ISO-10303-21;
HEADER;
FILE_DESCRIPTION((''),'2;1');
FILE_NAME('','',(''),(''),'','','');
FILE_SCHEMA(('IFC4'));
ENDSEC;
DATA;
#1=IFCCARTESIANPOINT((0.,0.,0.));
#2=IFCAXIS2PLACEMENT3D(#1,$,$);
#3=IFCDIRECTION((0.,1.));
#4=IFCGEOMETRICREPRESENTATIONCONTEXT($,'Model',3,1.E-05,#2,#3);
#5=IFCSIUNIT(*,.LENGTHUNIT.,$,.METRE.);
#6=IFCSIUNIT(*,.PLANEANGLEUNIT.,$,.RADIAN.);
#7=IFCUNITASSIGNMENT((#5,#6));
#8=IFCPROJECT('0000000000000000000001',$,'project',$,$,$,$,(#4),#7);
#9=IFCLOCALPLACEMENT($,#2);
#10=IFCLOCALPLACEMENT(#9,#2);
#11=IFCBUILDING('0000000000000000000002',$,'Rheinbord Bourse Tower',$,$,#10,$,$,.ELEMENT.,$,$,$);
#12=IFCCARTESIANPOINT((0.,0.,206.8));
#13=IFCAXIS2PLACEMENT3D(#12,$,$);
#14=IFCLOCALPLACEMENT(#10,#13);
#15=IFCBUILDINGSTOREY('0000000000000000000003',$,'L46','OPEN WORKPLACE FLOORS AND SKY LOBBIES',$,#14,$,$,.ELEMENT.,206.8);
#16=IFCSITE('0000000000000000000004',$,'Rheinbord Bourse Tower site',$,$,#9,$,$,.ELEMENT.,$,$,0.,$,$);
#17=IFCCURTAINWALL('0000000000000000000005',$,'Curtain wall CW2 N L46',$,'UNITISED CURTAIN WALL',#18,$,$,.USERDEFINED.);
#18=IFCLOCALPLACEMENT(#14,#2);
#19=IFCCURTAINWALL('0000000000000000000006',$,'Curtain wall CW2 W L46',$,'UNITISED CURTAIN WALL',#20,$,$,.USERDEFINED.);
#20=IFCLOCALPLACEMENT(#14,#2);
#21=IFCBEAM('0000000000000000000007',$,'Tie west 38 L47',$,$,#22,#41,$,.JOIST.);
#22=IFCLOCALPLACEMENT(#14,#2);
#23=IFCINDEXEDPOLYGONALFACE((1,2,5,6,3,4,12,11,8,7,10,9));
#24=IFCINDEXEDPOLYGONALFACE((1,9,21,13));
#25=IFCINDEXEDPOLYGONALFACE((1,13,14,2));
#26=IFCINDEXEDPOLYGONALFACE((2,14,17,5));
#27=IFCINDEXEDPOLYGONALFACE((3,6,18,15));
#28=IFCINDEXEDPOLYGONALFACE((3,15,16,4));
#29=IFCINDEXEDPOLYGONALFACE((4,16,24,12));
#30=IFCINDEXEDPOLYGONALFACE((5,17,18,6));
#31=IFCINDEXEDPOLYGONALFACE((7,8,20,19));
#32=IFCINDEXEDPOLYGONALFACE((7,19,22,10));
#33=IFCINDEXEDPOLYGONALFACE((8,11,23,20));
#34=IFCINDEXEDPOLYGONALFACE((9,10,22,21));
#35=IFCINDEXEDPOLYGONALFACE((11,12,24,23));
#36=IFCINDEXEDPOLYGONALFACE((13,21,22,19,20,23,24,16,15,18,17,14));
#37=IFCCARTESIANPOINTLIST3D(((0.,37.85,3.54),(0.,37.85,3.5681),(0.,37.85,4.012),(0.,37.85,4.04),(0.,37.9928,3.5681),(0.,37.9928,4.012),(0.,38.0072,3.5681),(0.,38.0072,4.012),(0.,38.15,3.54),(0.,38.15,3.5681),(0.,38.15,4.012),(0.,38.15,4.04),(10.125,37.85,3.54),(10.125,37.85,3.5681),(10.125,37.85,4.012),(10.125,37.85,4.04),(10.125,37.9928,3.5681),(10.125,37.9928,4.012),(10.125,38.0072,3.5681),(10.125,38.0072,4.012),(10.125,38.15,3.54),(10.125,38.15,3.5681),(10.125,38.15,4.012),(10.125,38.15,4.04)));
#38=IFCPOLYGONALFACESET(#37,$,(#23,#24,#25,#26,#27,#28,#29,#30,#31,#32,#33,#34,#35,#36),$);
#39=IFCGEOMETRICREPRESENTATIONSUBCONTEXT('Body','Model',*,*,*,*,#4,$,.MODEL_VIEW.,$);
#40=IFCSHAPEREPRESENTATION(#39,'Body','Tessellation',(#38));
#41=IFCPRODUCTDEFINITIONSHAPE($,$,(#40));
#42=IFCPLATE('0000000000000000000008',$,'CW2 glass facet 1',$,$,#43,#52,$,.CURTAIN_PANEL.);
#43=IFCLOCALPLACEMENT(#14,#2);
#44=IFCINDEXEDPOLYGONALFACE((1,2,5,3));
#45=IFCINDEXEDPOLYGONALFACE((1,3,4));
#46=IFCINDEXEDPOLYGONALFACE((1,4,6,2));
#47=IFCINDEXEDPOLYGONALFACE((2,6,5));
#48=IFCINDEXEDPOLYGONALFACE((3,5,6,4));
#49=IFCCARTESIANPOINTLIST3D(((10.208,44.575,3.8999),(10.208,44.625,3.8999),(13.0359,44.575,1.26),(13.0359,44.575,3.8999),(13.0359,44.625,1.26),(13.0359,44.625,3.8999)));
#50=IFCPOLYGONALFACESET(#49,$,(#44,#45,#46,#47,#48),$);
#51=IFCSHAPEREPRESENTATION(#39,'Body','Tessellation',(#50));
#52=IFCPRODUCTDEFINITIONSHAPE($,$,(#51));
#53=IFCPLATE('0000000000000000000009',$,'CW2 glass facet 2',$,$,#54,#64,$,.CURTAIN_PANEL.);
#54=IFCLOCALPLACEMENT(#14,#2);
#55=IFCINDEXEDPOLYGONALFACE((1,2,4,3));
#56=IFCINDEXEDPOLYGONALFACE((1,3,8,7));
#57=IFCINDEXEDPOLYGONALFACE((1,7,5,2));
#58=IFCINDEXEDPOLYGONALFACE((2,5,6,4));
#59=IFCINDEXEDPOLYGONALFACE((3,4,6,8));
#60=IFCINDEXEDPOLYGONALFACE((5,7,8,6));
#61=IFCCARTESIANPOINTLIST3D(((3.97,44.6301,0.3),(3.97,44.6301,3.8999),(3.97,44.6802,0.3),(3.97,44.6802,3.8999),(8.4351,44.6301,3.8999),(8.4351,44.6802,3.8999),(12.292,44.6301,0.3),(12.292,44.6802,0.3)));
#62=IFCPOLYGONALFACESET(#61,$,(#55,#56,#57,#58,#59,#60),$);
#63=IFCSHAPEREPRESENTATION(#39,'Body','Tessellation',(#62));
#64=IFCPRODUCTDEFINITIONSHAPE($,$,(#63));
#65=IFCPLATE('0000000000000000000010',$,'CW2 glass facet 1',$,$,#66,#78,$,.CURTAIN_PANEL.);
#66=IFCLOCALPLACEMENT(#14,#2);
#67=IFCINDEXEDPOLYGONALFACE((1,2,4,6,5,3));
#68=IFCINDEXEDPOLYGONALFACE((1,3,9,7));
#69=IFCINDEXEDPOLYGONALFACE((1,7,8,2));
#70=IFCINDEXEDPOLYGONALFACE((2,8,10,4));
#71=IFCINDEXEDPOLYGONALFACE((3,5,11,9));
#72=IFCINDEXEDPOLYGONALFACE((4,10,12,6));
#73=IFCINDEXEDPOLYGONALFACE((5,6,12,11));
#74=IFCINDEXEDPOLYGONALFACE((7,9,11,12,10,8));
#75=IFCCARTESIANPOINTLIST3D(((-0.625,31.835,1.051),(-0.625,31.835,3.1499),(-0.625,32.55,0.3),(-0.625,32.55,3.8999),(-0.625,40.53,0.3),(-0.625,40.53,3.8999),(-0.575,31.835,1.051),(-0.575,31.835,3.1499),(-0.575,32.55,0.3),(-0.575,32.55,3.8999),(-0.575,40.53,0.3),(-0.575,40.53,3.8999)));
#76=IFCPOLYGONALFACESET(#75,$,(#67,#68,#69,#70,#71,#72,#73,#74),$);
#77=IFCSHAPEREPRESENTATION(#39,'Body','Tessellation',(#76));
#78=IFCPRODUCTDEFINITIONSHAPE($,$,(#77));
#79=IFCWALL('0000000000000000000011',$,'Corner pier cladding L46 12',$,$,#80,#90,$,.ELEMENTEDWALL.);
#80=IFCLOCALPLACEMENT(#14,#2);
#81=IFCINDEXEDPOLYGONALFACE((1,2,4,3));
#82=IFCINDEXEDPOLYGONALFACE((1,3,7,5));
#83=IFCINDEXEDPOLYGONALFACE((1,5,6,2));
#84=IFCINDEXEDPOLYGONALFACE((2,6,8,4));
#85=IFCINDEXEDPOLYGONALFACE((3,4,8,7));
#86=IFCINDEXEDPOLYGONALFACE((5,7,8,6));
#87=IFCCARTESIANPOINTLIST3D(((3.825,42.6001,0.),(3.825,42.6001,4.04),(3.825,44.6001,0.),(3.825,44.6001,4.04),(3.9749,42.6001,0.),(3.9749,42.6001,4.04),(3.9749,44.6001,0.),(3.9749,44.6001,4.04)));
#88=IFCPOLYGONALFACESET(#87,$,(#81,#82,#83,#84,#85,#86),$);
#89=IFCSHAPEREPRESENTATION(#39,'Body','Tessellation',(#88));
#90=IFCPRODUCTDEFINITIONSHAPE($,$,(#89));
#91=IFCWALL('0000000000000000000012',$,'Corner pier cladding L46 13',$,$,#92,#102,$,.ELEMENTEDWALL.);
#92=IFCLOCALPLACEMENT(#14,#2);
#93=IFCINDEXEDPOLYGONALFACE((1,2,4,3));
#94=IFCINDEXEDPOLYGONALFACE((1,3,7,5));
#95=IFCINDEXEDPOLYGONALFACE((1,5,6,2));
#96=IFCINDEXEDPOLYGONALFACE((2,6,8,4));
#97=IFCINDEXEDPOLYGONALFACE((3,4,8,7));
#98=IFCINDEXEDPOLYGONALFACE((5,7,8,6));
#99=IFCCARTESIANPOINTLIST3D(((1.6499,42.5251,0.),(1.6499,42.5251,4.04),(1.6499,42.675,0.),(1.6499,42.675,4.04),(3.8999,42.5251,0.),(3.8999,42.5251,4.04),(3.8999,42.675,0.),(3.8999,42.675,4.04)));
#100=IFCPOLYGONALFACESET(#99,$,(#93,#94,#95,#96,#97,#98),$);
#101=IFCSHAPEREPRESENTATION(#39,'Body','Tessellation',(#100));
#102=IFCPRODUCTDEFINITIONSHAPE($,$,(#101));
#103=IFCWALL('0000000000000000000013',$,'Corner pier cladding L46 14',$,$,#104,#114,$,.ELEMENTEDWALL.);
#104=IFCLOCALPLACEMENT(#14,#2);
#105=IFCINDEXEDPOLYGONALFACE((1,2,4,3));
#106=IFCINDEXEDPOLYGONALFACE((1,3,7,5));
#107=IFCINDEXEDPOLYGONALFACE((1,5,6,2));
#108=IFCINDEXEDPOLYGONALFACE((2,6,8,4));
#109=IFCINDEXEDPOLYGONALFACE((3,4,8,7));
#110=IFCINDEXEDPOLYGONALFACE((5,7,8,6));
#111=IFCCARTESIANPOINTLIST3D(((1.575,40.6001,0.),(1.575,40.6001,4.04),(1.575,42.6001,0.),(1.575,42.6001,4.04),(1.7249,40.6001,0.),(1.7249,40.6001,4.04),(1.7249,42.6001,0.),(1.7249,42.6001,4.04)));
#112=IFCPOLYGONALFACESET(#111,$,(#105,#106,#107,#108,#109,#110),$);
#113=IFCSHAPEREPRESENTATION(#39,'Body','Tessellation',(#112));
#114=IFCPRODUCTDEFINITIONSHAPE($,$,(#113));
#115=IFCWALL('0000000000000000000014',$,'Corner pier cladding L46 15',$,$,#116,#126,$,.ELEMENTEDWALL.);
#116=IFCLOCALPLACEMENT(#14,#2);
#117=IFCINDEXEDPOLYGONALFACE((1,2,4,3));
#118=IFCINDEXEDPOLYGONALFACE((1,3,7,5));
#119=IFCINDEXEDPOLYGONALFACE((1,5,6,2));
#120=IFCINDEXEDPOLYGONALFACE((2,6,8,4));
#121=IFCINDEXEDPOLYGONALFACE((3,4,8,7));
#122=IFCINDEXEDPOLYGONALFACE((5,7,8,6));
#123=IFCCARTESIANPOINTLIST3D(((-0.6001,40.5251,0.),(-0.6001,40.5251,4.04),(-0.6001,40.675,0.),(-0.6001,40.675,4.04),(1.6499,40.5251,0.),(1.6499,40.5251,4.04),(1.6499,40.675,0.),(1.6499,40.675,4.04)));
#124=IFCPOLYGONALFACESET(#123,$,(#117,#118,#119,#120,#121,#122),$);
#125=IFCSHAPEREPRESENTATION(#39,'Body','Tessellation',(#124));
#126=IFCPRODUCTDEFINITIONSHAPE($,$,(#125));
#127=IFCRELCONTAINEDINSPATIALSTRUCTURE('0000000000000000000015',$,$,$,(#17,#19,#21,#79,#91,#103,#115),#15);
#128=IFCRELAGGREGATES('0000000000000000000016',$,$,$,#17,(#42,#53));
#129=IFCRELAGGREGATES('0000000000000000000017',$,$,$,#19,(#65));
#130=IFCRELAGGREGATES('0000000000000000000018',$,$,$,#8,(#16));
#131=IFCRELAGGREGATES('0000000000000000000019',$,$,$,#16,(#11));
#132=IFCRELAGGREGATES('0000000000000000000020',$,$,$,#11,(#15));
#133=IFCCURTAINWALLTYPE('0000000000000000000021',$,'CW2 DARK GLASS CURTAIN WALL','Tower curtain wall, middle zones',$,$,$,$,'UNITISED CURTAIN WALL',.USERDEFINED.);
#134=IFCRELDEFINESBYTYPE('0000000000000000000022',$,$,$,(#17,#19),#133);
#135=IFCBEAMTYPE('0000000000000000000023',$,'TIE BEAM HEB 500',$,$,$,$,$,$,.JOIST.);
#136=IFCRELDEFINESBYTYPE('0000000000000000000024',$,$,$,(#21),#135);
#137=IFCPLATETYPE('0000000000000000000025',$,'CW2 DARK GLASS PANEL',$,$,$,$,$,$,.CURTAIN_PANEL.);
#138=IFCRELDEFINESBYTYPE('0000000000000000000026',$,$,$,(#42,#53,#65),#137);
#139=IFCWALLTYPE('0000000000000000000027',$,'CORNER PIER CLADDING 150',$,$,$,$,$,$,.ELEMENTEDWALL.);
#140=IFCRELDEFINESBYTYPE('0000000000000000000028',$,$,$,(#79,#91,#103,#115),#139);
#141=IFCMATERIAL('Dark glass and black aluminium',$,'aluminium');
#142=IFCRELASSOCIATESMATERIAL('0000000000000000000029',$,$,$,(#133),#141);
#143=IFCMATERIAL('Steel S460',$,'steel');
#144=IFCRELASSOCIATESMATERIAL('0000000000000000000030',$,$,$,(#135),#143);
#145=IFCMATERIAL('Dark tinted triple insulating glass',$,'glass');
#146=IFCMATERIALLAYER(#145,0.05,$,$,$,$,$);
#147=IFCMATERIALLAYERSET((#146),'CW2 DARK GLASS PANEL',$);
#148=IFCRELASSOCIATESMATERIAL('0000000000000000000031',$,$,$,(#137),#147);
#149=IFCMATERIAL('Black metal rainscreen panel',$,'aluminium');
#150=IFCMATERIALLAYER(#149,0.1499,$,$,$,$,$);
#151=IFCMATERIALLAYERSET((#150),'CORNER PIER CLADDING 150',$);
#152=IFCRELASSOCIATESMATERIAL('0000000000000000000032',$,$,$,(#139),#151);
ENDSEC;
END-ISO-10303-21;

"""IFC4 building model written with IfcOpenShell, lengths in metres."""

from ifc_helpers import new_model, si_unit, direction, frame, frame_2d, origin, origin_2d, place, context, subcontext, project, spatial, polyline, rectangle, i_section, outline, extrude, material, layer, layer_set, material_profile, profile_set, type_object, element, aggregate, save


model = new_model("IFC4")

# Units and contexts
model_context = context("Model", 3, precision=1e-05, world=origin(), true_north=direction((0.0, 1.0)))
body_context = subcontext(model_context, "Body", "Model", "MODEL_VIEW")
ifc_project = project(units=[si_unit("LENGTHUNIT", "METRE"), si_unit("PLANEANGLEUNIT", "RADIAN")], contexts=[model_context])

# Site, building, storey
site_placement = place(None, origin())
site = spatial("IfcSite", under=ifc_project, at=site_placement, Name="Rheinbord Bourse Tower site", CompositionType="ELEMENT", RefElevation=0.0)
building_placement = place(site_placement, origin())
building = spatial("IfcBuilding", under=site, at=building_placement, Name="Rheinbord Bourse Tower", CompositionType="ELEMENT")
storey_placement = place(building_placement, frame((0.0, 0.0, 206.8)))
storey = spatial("IfcBuildingStorey", under=building, at=storey_placement, Name="L46", Description="OPEN WORKPLACE FLOORS AND SKY LOBBIES", CompositionType="ELEMENT", Elevation=206.8)

# Curtain wall
ifc_material_1 = material(Name="Dark glass and black aluminium", Category="aluminium")
curtain_wall_type = type_object("IfcCurtainWallType", Name="CW2 DARK GLASS CURTAIN WALL", Description="Tower curtain wall, middle zones", ElementType="UNITISED CURTAIN WALL", PredefinedType="USERDEFINED", material=ifc_material_1)
curtain_wall_1_placement = place(storey_placement, origin())
curtain_wall_1 = element("IfcCurtainWall", 1, at=curtain_wall_1_placement, inside=storey, type_object=curtain_wall_type, Name="Curtain wall CW2 N L46", ObjectType="UNITISED CURTAIN WALL", PredefinedType="USERDEFINED")

# Curtain wall
curtain_wall_2_placement = place(storey_placement, origin())
curtain_wall_2 = element("IfcCurtainWall", 2, at=curtain_wall_2_placement, inside=storey, type_object=curtain_wall_type, Name="Curtain wall CW2 W L46", ObjectType="UNITISED CURTAIN WALL", PredefinedType="USERDEFINED")

# Beam
ifc_material_2 = material(Name="Steel S460", Category="steel")
ifc_material_profile_1 = material_profile(ifc_material_2, i_section(OverallWidth=0.3, OverallDepth=0.5, WebThickness=0.0144, FlangeThickness=0.0281, at=origin_2d()), Name="HEB 500")
ifc_profile_set_1 = profile_set([ifc_material_profile_1], Name="Steel S460")
beam_type_1 = type_object("IfcBeamType", Name="TIE BEAM HEB 500", PredefinedType="JOIST", material=ifc_profile_set_1)
beam_1_placement = place(storey_placement, frame((0.0, 38.0, 3.79), z_axis=(1.0, 0.0, 0.0), x_axis=(0.0, 1.0, 0.0)))
element("IfcBeam", 3, at=beam_1_placement, inside=storey, type_object=beam_type_1, Name="Tie west 38 L47", PredefinedType="JOIST", context=body_context, shape_type="SweptSolid", body=[
    extrude(i_section(OverallWidth=0.3, OverallDepth=0.5, WebThickness=0.0144, FlangeThickness=0.0281, at=origin_2d()), origin(), (0.0, 0.0, 1.0), 10.125),
])

# Plates
ifc_material_3 = material(Name="Dark tinted triple insulating glass", Category="glass")
ifc_layer_1 = layer(ifc_material_3, 0.05)
ifc_layer_set_1 = layer_set([ifc_layer_1], Name="CW2 DARK GLASS PANEL")
plate_type = type_object("IfcPlateType", Name="CW2 DARK GLASS PANEL", PredefinedType="CURTAIN_PANEL", material=ifc_layer_set_1)
plate_1_placement = place(storey_placement, frame((13.0359, 44.625, 3.8999), z_axis=(0.0, -1.0, 0.0), x_axis=(-1.0, 0.0, 0.0)))
plate_1 = element("IfcPlate", 4, at=plate_1_placement, type_object=plate_type, Name="CW2 glass facet 1", PredefinedType="CURTAIN_PANEL", context=body_context, shape_type="SweptSolid", body=[
    extrude(outline(polyline([(0.0, 0.0), (2.8279, 0.0), (0.0, 2.6399), (0.0, 0.0)])), origin(), (0.0, 0.0, 1.0), 0.05),
])
plate_2_placement = place(storey_placement, frame((3.97, 44.6802, 3.8999), z_axis=(0.0, -1.0, 0.0), x_axis=(0.0, 0.0, -1.0)))
plate_2 = element("IfcPlate", 5, at=plate_2_placement, type_object=plate_type, Name="CW2 glass facet 2", PredefinedType="CURTAIN_PANEL", context=body_context, shape_type="SweptSolid", body=[
    extrude(outline(polyline([(0.0, 0.0), (3.5999, 0.0), (3.5999, 8.322), (0.0, 4.4651), (0.0, 0.0)])), origin(), (0.0, 0.0, 1.0), 0.05),
])
aggregate(curtain_wall_1, [plate_1, plate_2])
plate_3_placement = place(storey_placement, frame((-0.625, 40.53, 0.3), z_axis=(1.0, 0.0, 0.0), x_axis=(0.0, 0.0, 1.0)))
plate_3 = element("IfcPlate", 6, at=plate_3_placement, type_object=plate_type, Name="CW2 glass facet 1", PredefinedType="CURTAIN_PANEL", context=body_context, shape_type="SweptSolid", body=[
    extrude(outline(polyline([(0.0, 0.0), (3.5999, 0.0), (3.5999, 7.98), (2.8499, 8.6951), (0.751, 8.6951), (0.0, 7.98), (0.0, 0.0)])), origin(), (0.0, 0.0, 1.0), 0.05),
])
aggregate(curtain_wall_2, [plate_3])

# Walls
ifc_material_4 = material(Name="Black metal rainscreen panel", Category="aluminium")
ifc_layer_2 = layer(ifc_material_4, 0.1499)
ifc_layer_set_2 = layer_set([ifc_layer_2], Name="CORNER PIER CLADDING 150")
wall_type = type_object("IfcWallType", Name="CORNER PIER CLADDING 150", PredefinedType="ELEMENTEDWALL", material=ifc_layer_set_2)
wall_1_placement = place(storey_placement, frame((3.8999, 44.6001, 0.0), z_axis=(0.0, 0.0, 1.0), x_axis=(0.0, -1.0, 0.0)))
element("IfcWall", 7, at=wall_1_placement, inside=storey, type_object=wall_type, Name="Corner pier cladding L46 12", PredefinedType="ELEMENTEDWALL", context=body_context, shape_type="SweptSolid", body=[
    extrude(rectangle(XDim=2.0, YDim=0.1499, at=frame_2d((1.0, 0.0))), origin(), (0.0, 0.0, 1.0), 4.04),
])
wall_2_placement = place(storey_placement, frame((3.8999, 42.6001, 0.0), z_axis=(0.0, 0.0, 1.0), x_axis=(-1.0, 0.0, 0.0)))
element("IfcWall", 8, at=wall_2_placement, inside=storey, type_object=wall_type, Name="Corner pier cladding L46 13", PredefinedType="ELEMENTEDWALL", context=body_context, shape_type="SweptSolid", body=[
    extrude(rectangle(XDim=2.25, YDim=0.1499, at=frame_2d((1.125, 0.0))), origin(), (0.0, 0.0, 1.0), 4.04),
])
wall_3_placement = place(storey_placement, frame((1.6499, 42.6001, 0.0), z_axis=(0.0, 0.0, 1.0), x_axis=(0.0, -1.0, 0.0)))
element("IfcWall", 9, at=wall_3_placement, inside=storey, type_object=wall_type, Name="Corner pier cladding L46 14", PredefinedType="ELEMENTEDWALL", context=body_context, shape_type="SweptSolid", body=[
    extrude(rectangle(XDim=2.0, YDim=0.1499, at=frame_2d((1.0, 0.0))), origin(), (0.0, 0.0, 1.0), 4.04),
])
wall_4_placement = place(storey_placement, frame((1.6499, 40.6001, 0.0), z_axis=(0.0, 0.0, 1.0), x_axis=(-1.0, 0.0, 0.0)))
element("IfcWall", 10, at=wall_4_placement, inside=storey, type_object=wall_type, Name="Corner pier cladding L46 15", PredefinedType="ELEMENTEDWALL", context=body_context, shape_type="SweptSolid", body=[
    extrude(rectangle(XDim=2.25, YDim=0.1499, at=frame_2d((1.125, 0.0))), origin(), (0.0, 0.0, 1.0), 4.04),
])

save(model, "model.ifc")
